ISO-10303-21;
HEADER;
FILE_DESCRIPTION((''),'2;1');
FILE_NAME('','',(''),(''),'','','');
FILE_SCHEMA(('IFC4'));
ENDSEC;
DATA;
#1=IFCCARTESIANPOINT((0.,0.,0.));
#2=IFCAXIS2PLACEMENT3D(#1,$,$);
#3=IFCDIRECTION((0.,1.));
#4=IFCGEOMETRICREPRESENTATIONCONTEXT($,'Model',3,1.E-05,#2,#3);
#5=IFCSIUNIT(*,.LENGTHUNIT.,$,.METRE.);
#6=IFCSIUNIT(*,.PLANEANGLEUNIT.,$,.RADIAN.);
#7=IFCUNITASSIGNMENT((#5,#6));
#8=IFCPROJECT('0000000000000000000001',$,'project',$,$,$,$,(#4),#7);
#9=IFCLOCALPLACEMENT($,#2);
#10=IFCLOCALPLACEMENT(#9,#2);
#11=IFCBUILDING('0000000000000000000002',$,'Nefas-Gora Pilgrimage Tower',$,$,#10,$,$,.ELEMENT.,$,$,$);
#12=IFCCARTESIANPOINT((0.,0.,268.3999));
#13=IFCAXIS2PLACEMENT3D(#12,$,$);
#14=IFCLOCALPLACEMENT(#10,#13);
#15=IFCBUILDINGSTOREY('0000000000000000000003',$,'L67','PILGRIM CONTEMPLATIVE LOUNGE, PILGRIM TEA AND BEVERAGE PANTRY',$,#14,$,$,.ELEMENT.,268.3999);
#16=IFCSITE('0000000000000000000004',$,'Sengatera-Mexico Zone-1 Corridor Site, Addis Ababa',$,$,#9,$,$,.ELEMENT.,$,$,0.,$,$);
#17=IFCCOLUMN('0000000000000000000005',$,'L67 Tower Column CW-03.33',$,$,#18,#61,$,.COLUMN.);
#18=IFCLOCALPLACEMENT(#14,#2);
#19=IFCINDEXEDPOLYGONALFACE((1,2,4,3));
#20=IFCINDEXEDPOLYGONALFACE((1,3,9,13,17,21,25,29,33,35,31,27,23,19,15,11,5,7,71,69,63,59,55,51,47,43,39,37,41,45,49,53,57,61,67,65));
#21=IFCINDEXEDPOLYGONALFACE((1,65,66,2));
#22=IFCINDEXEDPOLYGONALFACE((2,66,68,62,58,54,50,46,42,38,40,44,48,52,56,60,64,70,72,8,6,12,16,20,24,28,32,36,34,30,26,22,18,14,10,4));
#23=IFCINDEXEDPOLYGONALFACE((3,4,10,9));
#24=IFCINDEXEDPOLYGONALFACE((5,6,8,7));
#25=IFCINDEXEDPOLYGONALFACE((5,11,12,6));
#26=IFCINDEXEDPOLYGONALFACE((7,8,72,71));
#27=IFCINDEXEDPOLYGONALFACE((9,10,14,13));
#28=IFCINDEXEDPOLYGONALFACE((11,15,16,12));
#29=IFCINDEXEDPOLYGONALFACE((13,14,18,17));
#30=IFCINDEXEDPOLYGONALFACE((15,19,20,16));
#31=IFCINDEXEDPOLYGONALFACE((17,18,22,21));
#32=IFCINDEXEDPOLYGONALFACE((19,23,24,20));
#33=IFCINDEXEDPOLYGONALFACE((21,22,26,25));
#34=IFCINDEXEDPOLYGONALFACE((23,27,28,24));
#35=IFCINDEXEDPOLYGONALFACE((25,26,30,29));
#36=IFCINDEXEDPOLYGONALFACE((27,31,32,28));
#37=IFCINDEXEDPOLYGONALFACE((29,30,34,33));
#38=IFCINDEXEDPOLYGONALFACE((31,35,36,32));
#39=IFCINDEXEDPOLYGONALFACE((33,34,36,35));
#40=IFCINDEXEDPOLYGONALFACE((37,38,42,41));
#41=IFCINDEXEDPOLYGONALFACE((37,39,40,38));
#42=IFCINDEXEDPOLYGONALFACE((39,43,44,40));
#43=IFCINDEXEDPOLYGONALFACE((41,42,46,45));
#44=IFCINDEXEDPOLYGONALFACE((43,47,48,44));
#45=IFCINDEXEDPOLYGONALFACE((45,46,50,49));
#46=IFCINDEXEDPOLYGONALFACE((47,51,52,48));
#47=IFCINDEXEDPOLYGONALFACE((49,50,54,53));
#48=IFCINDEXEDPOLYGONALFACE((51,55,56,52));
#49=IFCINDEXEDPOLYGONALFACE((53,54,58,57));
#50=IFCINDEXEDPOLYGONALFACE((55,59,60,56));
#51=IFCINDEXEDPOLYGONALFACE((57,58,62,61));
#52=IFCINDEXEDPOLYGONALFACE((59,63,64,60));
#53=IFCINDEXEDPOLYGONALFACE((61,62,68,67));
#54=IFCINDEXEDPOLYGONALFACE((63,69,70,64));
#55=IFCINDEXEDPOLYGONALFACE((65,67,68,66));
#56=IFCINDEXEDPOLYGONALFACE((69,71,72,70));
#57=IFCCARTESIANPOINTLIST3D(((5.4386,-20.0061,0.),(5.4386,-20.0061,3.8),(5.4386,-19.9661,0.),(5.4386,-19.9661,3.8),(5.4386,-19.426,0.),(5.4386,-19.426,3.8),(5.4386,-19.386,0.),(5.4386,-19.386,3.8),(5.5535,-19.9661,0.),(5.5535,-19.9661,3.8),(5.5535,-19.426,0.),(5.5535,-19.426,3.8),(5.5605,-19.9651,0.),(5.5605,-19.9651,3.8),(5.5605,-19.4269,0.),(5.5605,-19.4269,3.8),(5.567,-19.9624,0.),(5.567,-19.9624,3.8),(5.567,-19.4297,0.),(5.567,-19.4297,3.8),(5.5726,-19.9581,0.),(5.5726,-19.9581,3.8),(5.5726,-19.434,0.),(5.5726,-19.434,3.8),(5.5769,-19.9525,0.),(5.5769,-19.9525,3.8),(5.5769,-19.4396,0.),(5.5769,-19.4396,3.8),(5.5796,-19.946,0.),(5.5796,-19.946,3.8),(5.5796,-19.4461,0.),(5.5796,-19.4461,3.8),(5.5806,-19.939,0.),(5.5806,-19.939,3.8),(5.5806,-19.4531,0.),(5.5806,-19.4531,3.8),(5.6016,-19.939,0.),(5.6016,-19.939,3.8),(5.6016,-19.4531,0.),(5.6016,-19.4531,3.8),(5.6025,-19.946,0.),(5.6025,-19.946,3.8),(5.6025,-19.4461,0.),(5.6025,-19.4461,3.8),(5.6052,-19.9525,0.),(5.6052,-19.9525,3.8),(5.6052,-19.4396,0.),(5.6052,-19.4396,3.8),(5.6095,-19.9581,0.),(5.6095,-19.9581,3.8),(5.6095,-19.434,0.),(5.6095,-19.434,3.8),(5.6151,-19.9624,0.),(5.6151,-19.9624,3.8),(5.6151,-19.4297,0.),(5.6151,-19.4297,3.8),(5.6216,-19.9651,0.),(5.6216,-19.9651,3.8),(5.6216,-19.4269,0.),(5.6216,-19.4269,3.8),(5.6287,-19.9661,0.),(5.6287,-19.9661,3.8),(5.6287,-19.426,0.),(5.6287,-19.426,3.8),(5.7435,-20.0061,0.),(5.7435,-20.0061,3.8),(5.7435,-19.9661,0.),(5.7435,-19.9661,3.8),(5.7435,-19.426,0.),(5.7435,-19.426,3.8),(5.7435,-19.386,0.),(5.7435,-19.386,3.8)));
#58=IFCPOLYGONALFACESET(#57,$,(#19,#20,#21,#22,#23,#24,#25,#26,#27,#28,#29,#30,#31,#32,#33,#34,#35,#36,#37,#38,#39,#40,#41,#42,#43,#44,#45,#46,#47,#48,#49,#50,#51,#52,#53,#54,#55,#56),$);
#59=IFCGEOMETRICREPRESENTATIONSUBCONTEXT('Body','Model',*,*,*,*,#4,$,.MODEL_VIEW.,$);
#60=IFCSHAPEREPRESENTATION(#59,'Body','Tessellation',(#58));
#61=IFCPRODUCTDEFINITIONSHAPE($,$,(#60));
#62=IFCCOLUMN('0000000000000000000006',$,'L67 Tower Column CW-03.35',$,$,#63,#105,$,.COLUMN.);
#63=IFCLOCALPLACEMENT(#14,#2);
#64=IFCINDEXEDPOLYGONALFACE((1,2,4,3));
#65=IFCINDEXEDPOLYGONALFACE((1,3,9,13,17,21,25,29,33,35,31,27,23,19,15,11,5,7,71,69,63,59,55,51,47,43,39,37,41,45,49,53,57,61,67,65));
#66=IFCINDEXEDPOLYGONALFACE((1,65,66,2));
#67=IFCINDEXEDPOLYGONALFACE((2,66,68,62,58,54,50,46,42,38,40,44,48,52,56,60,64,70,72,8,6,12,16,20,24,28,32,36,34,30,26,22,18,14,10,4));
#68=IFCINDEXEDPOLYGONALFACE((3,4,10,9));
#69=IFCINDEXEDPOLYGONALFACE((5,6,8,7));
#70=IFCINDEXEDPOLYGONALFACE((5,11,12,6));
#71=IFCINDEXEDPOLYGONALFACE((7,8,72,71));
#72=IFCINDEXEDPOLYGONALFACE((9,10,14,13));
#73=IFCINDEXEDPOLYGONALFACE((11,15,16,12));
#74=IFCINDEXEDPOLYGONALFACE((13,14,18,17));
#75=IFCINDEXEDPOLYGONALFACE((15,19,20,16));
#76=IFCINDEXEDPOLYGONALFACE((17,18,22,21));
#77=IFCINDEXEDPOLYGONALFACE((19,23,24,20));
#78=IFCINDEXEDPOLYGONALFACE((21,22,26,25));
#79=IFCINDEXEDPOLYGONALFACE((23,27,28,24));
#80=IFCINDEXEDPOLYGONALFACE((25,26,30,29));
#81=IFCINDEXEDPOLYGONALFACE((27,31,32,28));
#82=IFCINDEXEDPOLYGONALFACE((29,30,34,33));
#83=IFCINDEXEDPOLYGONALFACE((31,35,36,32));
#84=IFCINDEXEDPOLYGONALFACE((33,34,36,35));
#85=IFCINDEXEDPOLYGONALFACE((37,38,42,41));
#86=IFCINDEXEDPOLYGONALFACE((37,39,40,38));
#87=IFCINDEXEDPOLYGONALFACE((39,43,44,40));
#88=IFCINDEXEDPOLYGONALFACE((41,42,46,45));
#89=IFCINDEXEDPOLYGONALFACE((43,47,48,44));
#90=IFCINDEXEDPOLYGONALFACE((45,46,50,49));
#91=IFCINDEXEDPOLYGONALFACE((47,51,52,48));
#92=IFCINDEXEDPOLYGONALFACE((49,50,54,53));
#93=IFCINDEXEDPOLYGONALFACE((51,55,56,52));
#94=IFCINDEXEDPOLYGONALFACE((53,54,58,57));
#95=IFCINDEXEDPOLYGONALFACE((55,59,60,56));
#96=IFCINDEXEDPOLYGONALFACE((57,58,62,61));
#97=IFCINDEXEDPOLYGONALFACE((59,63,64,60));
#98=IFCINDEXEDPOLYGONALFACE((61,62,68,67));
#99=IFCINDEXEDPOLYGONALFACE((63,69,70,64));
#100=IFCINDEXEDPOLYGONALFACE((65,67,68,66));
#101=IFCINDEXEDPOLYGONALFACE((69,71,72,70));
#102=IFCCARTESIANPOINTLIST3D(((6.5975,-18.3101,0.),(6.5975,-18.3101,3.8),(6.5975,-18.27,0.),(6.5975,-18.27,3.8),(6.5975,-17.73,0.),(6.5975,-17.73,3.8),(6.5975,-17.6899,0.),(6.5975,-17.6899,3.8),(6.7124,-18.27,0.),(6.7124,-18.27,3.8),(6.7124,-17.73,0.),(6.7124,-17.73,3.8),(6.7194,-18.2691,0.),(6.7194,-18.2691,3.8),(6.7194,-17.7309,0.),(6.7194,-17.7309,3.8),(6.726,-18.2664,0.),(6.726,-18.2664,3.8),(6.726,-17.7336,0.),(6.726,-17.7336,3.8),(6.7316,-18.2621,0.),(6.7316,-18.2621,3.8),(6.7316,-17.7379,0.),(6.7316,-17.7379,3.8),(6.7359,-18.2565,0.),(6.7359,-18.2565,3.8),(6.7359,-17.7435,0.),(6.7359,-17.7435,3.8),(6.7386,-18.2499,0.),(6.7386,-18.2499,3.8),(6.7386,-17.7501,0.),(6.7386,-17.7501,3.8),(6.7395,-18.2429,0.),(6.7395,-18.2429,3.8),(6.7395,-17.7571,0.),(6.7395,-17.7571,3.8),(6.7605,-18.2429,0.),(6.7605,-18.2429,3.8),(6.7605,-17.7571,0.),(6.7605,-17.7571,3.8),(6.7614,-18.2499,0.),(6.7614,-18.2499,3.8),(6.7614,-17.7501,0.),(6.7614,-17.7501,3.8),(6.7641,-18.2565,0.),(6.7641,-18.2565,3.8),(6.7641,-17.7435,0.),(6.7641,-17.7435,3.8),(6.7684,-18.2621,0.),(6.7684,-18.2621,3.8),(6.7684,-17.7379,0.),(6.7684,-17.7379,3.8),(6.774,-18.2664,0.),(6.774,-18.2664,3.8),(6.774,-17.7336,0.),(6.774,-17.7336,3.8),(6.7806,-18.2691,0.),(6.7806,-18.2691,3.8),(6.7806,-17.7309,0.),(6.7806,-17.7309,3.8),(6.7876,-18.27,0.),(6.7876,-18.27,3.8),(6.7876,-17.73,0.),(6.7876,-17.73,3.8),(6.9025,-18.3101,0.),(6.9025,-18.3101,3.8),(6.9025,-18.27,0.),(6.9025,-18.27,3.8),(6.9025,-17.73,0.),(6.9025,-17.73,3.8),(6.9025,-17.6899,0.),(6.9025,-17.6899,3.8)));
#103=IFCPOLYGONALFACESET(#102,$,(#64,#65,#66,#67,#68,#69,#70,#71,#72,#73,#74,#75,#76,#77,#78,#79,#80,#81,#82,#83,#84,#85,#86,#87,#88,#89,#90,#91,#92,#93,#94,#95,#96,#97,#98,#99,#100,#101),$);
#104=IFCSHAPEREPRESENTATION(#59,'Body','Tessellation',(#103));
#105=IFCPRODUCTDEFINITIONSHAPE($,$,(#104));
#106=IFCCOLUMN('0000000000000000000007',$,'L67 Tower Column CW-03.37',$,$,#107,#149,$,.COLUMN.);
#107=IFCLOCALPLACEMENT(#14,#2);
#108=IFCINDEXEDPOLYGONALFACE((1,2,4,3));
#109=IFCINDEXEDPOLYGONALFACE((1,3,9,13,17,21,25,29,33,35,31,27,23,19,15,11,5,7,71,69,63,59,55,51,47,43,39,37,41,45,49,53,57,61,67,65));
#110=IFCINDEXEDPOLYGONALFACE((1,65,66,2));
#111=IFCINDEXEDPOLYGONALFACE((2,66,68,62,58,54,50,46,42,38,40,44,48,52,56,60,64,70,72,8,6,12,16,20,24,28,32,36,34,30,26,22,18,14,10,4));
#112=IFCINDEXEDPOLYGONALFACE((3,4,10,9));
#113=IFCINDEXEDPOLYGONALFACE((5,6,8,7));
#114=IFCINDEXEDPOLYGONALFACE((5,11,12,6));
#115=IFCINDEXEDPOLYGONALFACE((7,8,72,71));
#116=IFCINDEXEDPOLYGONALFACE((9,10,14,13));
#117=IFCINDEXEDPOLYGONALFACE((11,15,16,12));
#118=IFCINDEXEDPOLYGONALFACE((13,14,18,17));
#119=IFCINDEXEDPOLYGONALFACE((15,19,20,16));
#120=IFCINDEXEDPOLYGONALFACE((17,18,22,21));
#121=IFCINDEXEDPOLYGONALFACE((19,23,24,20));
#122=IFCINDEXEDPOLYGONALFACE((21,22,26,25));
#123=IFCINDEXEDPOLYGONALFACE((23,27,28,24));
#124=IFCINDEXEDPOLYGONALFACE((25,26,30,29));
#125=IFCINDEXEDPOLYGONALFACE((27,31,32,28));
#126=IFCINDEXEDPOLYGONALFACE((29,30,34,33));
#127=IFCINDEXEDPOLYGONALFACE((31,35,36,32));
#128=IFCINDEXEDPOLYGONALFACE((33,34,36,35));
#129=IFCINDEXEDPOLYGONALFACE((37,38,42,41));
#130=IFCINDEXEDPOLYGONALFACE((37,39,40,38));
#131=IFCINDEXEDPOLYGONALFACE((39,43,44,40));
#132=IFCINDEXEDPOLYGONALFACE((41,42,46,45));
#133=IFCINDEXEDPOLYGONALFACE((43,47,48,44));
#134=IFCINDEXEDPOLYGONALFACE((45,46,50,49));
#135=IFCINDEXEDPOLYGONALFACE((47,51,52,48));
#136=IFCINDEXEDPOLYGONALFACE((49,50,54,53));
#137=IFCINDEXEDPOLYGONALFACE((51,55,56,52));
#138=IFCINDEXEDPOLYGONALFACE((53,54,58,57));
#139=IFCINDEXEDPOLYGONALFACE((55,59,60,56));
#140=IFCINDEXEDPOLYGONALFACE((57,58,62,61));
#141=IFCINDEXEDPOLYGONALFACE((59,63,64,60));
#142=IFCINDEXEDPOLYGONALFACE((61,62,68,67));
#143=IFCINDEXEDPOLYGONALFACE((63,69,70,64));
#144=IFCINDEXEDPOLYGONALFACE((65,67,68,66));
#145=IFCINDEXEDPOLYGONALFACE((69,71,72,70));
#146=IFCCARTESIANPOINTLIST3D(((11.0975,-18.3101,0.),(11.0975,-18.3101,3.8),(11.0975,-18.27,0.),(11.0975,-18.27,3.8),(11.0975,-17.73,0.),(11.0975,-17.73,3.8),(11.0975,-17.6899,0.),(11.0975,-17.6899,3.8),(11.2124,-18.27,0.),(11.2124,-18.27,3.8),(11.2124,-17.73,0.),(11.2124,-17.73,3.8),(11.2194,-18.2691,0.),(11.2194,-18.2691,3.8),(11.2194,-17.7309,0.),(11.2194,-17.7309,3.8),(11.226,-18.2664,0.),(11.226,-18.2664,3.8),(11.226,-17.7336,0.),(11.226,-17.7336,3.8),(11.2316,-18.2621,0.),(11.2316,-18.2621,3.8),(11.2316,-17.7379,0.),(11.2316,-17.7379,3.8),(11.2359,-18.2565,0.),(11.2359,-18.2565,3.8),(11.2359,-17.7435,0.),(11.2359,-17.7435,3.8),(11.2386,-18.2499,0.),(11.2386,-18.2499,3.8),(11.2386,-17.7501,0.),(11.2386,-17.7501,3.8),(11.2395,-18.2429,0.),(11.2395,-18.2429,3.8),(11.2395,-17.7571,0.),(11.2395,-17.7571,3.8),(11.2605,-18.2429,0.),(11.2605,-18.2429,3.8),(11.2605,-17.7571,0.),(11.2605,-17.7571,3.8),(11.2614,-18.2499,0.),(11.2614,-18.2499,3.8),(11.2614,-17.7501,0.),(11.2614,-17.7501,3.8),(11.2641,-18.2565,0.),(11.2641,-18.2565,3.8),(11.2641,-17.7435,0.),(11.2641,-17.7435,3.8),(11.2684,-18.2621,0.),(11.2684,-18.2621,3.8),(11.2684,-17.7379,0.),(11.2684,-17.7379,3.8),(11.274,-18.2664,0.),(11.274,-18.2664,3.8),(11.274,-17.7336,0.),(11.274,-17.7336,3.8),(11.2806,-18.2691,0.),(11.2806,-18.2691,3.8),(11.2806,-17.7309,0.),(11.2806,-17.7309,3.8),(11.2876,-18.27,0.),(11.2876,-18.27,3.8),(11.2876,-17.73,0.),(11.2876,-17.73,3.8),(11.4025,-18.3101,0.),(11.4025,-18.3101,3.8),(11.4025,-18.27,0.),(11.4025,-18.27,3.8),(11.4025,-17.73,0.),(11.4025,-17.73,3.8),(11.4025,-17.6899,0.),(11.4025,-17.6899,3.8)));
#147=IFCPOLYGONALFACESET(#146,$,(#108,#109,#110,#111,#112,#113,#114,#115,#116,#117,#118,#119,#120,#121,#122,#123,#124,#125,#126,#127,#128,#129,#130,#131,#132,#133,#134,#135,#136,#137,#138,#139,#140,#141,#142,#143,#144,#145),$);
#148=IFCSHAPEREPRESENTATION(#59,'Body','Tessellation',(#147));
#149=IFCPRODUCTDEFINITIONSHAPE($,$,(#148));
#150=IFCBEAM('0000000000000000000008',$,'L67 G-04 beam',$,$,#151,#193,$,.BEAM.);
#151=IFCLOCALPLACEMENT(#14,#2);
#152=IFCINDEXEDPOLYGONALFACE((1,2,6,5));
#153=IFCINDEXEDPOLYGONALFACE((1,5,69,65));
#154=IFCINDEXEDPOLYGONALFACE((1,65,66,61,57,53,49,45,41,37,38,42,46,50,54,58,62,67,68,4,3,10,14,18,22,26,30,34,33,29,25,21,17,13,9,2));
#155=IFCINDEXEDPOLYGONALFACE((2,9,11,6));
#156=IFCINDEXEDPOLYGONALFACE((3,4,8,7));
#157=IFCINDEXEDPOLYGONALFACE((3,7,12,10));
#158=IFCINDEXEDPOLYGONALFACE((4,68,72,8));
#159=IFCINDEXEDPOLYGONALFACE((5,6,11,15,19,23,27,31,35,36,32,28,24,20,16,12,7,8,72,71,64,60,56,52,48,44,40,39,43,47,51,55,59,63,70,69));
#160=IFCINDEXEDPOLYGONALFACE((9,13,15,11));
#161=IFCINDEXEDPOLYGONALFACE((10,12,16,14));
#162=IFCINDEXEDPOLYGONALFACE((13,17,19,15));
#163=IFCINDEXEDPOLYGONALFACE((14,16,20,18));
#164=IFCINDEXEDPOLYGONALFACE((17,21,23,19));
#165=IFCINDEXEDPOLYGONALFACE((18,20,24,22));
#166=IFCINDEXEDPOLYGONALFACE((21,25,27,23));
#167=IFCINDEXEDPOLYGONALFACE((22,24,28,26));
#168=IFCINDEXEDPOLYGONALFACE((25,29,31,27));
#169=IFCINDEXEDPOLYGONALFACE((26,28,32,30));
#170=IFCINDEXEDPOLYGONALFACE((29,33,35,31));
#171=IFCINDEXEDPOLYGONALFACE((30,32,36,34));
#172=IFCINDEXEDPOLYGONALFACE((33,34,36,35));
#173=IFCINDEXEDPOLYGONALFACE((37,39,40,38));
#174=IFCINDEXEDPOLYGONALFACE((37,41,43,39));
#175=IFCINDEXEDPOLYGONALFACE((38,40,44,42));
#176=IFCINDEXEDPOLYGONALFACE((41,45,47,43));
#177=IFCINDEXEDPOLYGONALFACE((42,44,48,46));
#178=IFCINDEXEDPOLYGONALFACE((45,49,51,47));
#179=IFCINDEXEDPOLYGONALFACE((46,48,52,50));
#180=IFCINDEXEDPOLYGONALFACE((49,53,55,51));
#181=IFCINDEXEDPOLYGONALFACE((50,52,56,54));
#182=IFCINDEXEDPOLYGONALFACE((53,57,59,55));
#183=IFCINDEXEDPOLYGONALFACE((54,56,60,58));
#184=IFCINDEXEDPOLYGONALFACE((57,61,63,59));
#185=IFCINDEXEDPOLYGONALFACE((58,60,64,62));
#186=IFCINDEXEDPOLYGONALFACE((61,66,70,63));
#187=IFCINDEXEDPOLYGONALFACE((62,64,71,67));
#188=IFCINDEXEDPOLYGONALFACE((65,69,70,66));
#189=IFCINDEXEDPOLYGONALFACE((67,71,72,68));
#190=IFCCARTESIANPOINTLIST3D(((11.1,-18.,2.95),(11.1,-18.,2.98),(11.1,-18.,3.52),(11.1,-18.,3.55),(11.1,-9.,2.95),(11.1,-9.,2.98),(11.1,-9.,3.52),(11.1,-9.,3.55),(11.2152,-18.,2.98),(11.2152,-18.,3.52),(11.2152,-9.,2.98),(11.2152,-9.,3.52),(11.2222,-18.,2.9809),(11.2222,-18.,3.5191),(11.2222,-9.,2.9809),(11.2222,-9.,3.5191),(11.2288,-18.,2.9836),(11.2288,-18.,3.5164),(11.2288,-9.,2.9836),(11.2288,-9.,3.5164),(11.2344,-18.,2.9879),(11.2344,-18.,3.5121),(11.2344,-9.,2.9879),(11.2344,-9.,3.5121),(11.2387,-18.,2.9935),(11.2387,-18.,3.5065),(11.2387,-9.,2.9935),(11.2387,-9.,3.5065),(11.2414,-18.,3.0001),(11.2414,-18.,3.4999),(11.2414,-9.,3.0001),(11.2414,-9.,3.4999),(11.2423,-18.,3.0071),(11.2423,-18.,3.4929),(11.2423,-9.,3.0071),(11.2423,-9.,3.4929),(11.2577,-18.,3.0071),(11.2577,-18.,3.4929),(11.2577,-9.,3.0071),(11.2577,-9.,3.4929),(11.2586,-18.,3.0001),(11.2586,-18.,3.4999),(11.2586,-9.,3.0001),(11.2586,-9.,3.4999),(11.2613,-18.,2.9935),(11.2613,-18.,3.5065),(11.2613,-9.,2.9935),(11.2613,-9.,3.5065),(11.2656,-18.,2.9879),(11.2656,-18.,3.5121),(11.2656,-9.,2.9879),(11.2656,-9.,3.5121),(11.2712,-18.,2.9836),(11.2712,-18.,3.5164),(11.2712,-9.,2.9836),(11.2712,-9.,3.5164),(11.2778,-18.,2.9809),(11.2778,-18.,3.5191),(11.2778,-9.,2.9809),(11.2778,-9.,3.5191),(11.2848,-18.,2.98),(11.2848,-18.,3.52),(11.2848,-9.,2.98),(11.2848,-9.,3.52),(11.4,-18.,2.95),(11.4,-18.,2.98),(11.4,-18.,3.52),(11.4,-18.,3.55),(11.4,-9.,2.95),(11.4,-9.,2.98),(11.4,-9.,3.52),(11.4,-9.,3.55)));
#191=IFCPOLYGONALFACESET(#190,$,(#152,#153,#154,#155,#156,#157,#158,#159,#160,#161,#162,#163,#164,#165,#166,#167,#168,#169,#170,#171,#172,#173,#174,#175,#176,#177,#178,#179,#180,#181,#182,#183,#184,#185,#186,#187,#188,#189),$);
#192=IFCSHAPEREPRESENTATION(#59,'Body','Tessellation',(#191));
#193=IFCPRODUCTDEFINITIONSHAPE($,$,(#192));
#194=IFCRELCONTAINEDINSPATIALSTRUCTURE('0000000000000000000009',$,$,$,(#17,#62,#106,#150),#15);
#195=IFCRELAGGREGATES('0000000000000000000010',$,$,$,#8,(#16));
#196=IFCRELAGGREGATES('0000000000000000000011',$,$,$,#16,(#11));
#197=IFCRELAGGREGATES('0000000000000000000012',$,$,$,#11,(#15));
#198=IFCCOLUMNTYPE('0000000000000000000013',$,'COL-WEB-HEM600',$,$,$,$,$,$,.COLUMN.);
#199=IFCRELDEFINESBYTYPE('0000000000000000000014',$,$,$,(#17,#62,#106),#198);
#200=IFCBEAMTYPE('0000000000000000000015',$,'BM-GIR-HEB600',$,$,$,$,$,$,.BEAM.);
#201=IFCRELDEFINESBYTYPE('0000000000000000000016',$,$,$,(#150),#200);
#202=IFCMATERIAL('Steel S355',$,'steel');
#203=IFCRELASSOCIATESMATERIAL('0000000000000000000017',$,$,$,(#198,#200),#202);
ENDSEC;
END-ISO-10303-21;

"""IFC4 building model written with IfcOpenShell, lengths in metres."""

from ifc_helpers import new_model, si_unit, direction, frame, origin, origin_2d, place, context, subcontext, project, spatial, i_section, extrude, source, transform, mapped, material, material_profile, profile_set, type_object, element, save


model = new_model("IFC4")

# Units and contexts
model_context = context("Model", 3, precision=1e-05, world=origin(), true_north=direction((0.0, 1.0)))
body_context = subcontext(model_context, "Body", "Model", "MODEL_VIEW")
ifc_project = project(units=[si_unit("LENGTHUNIT", "METRE"), si_unit("PLANEANGLEUNIT", "RADIAN")], contexts=[model_context])

# Site, building, storey
site_placement = place(None, origin())
site = spatial("IfcSite", under=ifc_project, at=site_placement, Name="Sengatera-Mexico Zone-1 Corridor Site, Addis Ababa", CompositionType="ELEMENT", RefElevation=0.0)
building_placement = place(site_placement, origin())
building = spatial("IfcBuilding", under=site, at=building_placement, Name="Nefas-Gora Pilgrimage Tower", CompositionType="ELEMENT")
storey_placement = place(building_placement, frame((0.0, 0.0, 268.3999)))
storey = spatial("IfcBuildingStorey", under=building, at=storey_placement, Name="L67", Description="PILGRIM CONTEMPLATIVE LOUNGE, PILGRIM TEA AND BEVERAGE PANTRY", CompositionType="ELEMENT", Elevation=268.3999)

# Columns
ifc_material_1 = material(Name="Steel S355", Category="steel")
ifc_material_profile_1 = material_profile(ifc_material_1, i_section(OverallWidth=0.3049, OverallDepth=0.6201, WebThickness=0.021, FlangeThickness=0.04, FilletRadius=0.0271, at=origin_2d()), Name="HEM 600")
ifc_profile_set_1 = profile_set([ifc_material_profile_1], Name="Steel S355")
column_type_1 = type_object("IfcColumnType", Name="COL-WEB-HEM600", PredefinedType="COLUMN", material=ifc_profile_set_1)
shared_shape_1 = source(origin(), body_context, "Body", "SweptSolid", [
    extrude(i_section(OverallWidth=0.3049, OverallDepth=0.6201, WebThickness=0.021, FlangeThickness=0.04, FilletRadius=0.0271, at=origin_2d()), origin(), (0.0, 0.0, 1.0), 3.8),
])
for number, where, z_axis, x_axis, name in (
    (1, (5.5911, -19.696, 0.0), (0.0, 0.0, 1.0), (1.0, 0.0, 0.0), "L67 Tower Column CW-03.33"),
    (2, (6.75, -18.0, 0.0), (0.0, 0.0, 1.0), (1.0, 0.0, 0.0), "L67 Tower Column CW-03.35"),
    (3, (11.25, -18.0, 0.0), (0.0, 0.0, 1.0), (1.0, 0.0, 0.0), "L67 Tower Column CW-03.37"),
):
    element("IfcColumn", number, at=place(storey_placement, frame(where, z_axis=z_axis, x_axis=x_axis)), inside=storey, type_object=column_type_1, Name=name, PredefinedType="COLUMN", context=body_context, shape_type="MappedRepresentation", body=[
        mapped(shared_shape_1, transform((0.0, 0.0, 0.0), x_axis=(1.0, 0.0, 0.0), y_axis=(0.0, 1.0, 0.0), z_axis=(0.0, 0.0, 1.0), scale=1.0)),
    ])

# Beam
ifc_material_profile_2 = material_profile(ifc_material_1, i_section(OverallWidth=0.3, OverallDepth=0.6001, WebThickness=0.0154, FlangeThickness=0.03, FilletRadius=0.0271, at=origin_2d()), Name="HEB 600")
ifc_profile_set_2 = profile_set([ifc_material_profile_2], Name="Steel S355")
beam_type = type_object("IfcBeamType", Name="BM-GIR-HEB600", PredefinedType="BEAM", material=ifc_profile_set_2)
shared_shape_2 = source(origin(), body_context, "Body", "SweptSolid", [
    extrude(i_section(OverallWidth=0.3, OverallDepth=0.6001, WebThickness=0.0154, FlangeThickness=0.03, FilletRadius=0.0271, at=origin_2d()), origin(), (0.0, 0.0, 1.0), 9.0),
])
beam_placement = place(storey_placement, frame((11.25, -18.0, 3.25), z_axis=(0.0, 1.0, 0.0), x_axis=(-1.0, 0.0, 0.0)))
element("IfcBeam", 4, at=beam_placement, inside=storey, type_object=beam_type, Name="L67 G-04 beam", PredefinedType="BEAM", context=body_context, shape_type="MappedRepresentation", body=[
    mapped(shared_shape_2, transform((0.0, 0.0, 0.0), x_axis=(1.0, 0.0, 0.0), y_axis=(0.0, 1.0, 0.0), z_axis=(0.0, 0.0, 1.0), scale=1.0)),
])

save(model, "model.ifc")
